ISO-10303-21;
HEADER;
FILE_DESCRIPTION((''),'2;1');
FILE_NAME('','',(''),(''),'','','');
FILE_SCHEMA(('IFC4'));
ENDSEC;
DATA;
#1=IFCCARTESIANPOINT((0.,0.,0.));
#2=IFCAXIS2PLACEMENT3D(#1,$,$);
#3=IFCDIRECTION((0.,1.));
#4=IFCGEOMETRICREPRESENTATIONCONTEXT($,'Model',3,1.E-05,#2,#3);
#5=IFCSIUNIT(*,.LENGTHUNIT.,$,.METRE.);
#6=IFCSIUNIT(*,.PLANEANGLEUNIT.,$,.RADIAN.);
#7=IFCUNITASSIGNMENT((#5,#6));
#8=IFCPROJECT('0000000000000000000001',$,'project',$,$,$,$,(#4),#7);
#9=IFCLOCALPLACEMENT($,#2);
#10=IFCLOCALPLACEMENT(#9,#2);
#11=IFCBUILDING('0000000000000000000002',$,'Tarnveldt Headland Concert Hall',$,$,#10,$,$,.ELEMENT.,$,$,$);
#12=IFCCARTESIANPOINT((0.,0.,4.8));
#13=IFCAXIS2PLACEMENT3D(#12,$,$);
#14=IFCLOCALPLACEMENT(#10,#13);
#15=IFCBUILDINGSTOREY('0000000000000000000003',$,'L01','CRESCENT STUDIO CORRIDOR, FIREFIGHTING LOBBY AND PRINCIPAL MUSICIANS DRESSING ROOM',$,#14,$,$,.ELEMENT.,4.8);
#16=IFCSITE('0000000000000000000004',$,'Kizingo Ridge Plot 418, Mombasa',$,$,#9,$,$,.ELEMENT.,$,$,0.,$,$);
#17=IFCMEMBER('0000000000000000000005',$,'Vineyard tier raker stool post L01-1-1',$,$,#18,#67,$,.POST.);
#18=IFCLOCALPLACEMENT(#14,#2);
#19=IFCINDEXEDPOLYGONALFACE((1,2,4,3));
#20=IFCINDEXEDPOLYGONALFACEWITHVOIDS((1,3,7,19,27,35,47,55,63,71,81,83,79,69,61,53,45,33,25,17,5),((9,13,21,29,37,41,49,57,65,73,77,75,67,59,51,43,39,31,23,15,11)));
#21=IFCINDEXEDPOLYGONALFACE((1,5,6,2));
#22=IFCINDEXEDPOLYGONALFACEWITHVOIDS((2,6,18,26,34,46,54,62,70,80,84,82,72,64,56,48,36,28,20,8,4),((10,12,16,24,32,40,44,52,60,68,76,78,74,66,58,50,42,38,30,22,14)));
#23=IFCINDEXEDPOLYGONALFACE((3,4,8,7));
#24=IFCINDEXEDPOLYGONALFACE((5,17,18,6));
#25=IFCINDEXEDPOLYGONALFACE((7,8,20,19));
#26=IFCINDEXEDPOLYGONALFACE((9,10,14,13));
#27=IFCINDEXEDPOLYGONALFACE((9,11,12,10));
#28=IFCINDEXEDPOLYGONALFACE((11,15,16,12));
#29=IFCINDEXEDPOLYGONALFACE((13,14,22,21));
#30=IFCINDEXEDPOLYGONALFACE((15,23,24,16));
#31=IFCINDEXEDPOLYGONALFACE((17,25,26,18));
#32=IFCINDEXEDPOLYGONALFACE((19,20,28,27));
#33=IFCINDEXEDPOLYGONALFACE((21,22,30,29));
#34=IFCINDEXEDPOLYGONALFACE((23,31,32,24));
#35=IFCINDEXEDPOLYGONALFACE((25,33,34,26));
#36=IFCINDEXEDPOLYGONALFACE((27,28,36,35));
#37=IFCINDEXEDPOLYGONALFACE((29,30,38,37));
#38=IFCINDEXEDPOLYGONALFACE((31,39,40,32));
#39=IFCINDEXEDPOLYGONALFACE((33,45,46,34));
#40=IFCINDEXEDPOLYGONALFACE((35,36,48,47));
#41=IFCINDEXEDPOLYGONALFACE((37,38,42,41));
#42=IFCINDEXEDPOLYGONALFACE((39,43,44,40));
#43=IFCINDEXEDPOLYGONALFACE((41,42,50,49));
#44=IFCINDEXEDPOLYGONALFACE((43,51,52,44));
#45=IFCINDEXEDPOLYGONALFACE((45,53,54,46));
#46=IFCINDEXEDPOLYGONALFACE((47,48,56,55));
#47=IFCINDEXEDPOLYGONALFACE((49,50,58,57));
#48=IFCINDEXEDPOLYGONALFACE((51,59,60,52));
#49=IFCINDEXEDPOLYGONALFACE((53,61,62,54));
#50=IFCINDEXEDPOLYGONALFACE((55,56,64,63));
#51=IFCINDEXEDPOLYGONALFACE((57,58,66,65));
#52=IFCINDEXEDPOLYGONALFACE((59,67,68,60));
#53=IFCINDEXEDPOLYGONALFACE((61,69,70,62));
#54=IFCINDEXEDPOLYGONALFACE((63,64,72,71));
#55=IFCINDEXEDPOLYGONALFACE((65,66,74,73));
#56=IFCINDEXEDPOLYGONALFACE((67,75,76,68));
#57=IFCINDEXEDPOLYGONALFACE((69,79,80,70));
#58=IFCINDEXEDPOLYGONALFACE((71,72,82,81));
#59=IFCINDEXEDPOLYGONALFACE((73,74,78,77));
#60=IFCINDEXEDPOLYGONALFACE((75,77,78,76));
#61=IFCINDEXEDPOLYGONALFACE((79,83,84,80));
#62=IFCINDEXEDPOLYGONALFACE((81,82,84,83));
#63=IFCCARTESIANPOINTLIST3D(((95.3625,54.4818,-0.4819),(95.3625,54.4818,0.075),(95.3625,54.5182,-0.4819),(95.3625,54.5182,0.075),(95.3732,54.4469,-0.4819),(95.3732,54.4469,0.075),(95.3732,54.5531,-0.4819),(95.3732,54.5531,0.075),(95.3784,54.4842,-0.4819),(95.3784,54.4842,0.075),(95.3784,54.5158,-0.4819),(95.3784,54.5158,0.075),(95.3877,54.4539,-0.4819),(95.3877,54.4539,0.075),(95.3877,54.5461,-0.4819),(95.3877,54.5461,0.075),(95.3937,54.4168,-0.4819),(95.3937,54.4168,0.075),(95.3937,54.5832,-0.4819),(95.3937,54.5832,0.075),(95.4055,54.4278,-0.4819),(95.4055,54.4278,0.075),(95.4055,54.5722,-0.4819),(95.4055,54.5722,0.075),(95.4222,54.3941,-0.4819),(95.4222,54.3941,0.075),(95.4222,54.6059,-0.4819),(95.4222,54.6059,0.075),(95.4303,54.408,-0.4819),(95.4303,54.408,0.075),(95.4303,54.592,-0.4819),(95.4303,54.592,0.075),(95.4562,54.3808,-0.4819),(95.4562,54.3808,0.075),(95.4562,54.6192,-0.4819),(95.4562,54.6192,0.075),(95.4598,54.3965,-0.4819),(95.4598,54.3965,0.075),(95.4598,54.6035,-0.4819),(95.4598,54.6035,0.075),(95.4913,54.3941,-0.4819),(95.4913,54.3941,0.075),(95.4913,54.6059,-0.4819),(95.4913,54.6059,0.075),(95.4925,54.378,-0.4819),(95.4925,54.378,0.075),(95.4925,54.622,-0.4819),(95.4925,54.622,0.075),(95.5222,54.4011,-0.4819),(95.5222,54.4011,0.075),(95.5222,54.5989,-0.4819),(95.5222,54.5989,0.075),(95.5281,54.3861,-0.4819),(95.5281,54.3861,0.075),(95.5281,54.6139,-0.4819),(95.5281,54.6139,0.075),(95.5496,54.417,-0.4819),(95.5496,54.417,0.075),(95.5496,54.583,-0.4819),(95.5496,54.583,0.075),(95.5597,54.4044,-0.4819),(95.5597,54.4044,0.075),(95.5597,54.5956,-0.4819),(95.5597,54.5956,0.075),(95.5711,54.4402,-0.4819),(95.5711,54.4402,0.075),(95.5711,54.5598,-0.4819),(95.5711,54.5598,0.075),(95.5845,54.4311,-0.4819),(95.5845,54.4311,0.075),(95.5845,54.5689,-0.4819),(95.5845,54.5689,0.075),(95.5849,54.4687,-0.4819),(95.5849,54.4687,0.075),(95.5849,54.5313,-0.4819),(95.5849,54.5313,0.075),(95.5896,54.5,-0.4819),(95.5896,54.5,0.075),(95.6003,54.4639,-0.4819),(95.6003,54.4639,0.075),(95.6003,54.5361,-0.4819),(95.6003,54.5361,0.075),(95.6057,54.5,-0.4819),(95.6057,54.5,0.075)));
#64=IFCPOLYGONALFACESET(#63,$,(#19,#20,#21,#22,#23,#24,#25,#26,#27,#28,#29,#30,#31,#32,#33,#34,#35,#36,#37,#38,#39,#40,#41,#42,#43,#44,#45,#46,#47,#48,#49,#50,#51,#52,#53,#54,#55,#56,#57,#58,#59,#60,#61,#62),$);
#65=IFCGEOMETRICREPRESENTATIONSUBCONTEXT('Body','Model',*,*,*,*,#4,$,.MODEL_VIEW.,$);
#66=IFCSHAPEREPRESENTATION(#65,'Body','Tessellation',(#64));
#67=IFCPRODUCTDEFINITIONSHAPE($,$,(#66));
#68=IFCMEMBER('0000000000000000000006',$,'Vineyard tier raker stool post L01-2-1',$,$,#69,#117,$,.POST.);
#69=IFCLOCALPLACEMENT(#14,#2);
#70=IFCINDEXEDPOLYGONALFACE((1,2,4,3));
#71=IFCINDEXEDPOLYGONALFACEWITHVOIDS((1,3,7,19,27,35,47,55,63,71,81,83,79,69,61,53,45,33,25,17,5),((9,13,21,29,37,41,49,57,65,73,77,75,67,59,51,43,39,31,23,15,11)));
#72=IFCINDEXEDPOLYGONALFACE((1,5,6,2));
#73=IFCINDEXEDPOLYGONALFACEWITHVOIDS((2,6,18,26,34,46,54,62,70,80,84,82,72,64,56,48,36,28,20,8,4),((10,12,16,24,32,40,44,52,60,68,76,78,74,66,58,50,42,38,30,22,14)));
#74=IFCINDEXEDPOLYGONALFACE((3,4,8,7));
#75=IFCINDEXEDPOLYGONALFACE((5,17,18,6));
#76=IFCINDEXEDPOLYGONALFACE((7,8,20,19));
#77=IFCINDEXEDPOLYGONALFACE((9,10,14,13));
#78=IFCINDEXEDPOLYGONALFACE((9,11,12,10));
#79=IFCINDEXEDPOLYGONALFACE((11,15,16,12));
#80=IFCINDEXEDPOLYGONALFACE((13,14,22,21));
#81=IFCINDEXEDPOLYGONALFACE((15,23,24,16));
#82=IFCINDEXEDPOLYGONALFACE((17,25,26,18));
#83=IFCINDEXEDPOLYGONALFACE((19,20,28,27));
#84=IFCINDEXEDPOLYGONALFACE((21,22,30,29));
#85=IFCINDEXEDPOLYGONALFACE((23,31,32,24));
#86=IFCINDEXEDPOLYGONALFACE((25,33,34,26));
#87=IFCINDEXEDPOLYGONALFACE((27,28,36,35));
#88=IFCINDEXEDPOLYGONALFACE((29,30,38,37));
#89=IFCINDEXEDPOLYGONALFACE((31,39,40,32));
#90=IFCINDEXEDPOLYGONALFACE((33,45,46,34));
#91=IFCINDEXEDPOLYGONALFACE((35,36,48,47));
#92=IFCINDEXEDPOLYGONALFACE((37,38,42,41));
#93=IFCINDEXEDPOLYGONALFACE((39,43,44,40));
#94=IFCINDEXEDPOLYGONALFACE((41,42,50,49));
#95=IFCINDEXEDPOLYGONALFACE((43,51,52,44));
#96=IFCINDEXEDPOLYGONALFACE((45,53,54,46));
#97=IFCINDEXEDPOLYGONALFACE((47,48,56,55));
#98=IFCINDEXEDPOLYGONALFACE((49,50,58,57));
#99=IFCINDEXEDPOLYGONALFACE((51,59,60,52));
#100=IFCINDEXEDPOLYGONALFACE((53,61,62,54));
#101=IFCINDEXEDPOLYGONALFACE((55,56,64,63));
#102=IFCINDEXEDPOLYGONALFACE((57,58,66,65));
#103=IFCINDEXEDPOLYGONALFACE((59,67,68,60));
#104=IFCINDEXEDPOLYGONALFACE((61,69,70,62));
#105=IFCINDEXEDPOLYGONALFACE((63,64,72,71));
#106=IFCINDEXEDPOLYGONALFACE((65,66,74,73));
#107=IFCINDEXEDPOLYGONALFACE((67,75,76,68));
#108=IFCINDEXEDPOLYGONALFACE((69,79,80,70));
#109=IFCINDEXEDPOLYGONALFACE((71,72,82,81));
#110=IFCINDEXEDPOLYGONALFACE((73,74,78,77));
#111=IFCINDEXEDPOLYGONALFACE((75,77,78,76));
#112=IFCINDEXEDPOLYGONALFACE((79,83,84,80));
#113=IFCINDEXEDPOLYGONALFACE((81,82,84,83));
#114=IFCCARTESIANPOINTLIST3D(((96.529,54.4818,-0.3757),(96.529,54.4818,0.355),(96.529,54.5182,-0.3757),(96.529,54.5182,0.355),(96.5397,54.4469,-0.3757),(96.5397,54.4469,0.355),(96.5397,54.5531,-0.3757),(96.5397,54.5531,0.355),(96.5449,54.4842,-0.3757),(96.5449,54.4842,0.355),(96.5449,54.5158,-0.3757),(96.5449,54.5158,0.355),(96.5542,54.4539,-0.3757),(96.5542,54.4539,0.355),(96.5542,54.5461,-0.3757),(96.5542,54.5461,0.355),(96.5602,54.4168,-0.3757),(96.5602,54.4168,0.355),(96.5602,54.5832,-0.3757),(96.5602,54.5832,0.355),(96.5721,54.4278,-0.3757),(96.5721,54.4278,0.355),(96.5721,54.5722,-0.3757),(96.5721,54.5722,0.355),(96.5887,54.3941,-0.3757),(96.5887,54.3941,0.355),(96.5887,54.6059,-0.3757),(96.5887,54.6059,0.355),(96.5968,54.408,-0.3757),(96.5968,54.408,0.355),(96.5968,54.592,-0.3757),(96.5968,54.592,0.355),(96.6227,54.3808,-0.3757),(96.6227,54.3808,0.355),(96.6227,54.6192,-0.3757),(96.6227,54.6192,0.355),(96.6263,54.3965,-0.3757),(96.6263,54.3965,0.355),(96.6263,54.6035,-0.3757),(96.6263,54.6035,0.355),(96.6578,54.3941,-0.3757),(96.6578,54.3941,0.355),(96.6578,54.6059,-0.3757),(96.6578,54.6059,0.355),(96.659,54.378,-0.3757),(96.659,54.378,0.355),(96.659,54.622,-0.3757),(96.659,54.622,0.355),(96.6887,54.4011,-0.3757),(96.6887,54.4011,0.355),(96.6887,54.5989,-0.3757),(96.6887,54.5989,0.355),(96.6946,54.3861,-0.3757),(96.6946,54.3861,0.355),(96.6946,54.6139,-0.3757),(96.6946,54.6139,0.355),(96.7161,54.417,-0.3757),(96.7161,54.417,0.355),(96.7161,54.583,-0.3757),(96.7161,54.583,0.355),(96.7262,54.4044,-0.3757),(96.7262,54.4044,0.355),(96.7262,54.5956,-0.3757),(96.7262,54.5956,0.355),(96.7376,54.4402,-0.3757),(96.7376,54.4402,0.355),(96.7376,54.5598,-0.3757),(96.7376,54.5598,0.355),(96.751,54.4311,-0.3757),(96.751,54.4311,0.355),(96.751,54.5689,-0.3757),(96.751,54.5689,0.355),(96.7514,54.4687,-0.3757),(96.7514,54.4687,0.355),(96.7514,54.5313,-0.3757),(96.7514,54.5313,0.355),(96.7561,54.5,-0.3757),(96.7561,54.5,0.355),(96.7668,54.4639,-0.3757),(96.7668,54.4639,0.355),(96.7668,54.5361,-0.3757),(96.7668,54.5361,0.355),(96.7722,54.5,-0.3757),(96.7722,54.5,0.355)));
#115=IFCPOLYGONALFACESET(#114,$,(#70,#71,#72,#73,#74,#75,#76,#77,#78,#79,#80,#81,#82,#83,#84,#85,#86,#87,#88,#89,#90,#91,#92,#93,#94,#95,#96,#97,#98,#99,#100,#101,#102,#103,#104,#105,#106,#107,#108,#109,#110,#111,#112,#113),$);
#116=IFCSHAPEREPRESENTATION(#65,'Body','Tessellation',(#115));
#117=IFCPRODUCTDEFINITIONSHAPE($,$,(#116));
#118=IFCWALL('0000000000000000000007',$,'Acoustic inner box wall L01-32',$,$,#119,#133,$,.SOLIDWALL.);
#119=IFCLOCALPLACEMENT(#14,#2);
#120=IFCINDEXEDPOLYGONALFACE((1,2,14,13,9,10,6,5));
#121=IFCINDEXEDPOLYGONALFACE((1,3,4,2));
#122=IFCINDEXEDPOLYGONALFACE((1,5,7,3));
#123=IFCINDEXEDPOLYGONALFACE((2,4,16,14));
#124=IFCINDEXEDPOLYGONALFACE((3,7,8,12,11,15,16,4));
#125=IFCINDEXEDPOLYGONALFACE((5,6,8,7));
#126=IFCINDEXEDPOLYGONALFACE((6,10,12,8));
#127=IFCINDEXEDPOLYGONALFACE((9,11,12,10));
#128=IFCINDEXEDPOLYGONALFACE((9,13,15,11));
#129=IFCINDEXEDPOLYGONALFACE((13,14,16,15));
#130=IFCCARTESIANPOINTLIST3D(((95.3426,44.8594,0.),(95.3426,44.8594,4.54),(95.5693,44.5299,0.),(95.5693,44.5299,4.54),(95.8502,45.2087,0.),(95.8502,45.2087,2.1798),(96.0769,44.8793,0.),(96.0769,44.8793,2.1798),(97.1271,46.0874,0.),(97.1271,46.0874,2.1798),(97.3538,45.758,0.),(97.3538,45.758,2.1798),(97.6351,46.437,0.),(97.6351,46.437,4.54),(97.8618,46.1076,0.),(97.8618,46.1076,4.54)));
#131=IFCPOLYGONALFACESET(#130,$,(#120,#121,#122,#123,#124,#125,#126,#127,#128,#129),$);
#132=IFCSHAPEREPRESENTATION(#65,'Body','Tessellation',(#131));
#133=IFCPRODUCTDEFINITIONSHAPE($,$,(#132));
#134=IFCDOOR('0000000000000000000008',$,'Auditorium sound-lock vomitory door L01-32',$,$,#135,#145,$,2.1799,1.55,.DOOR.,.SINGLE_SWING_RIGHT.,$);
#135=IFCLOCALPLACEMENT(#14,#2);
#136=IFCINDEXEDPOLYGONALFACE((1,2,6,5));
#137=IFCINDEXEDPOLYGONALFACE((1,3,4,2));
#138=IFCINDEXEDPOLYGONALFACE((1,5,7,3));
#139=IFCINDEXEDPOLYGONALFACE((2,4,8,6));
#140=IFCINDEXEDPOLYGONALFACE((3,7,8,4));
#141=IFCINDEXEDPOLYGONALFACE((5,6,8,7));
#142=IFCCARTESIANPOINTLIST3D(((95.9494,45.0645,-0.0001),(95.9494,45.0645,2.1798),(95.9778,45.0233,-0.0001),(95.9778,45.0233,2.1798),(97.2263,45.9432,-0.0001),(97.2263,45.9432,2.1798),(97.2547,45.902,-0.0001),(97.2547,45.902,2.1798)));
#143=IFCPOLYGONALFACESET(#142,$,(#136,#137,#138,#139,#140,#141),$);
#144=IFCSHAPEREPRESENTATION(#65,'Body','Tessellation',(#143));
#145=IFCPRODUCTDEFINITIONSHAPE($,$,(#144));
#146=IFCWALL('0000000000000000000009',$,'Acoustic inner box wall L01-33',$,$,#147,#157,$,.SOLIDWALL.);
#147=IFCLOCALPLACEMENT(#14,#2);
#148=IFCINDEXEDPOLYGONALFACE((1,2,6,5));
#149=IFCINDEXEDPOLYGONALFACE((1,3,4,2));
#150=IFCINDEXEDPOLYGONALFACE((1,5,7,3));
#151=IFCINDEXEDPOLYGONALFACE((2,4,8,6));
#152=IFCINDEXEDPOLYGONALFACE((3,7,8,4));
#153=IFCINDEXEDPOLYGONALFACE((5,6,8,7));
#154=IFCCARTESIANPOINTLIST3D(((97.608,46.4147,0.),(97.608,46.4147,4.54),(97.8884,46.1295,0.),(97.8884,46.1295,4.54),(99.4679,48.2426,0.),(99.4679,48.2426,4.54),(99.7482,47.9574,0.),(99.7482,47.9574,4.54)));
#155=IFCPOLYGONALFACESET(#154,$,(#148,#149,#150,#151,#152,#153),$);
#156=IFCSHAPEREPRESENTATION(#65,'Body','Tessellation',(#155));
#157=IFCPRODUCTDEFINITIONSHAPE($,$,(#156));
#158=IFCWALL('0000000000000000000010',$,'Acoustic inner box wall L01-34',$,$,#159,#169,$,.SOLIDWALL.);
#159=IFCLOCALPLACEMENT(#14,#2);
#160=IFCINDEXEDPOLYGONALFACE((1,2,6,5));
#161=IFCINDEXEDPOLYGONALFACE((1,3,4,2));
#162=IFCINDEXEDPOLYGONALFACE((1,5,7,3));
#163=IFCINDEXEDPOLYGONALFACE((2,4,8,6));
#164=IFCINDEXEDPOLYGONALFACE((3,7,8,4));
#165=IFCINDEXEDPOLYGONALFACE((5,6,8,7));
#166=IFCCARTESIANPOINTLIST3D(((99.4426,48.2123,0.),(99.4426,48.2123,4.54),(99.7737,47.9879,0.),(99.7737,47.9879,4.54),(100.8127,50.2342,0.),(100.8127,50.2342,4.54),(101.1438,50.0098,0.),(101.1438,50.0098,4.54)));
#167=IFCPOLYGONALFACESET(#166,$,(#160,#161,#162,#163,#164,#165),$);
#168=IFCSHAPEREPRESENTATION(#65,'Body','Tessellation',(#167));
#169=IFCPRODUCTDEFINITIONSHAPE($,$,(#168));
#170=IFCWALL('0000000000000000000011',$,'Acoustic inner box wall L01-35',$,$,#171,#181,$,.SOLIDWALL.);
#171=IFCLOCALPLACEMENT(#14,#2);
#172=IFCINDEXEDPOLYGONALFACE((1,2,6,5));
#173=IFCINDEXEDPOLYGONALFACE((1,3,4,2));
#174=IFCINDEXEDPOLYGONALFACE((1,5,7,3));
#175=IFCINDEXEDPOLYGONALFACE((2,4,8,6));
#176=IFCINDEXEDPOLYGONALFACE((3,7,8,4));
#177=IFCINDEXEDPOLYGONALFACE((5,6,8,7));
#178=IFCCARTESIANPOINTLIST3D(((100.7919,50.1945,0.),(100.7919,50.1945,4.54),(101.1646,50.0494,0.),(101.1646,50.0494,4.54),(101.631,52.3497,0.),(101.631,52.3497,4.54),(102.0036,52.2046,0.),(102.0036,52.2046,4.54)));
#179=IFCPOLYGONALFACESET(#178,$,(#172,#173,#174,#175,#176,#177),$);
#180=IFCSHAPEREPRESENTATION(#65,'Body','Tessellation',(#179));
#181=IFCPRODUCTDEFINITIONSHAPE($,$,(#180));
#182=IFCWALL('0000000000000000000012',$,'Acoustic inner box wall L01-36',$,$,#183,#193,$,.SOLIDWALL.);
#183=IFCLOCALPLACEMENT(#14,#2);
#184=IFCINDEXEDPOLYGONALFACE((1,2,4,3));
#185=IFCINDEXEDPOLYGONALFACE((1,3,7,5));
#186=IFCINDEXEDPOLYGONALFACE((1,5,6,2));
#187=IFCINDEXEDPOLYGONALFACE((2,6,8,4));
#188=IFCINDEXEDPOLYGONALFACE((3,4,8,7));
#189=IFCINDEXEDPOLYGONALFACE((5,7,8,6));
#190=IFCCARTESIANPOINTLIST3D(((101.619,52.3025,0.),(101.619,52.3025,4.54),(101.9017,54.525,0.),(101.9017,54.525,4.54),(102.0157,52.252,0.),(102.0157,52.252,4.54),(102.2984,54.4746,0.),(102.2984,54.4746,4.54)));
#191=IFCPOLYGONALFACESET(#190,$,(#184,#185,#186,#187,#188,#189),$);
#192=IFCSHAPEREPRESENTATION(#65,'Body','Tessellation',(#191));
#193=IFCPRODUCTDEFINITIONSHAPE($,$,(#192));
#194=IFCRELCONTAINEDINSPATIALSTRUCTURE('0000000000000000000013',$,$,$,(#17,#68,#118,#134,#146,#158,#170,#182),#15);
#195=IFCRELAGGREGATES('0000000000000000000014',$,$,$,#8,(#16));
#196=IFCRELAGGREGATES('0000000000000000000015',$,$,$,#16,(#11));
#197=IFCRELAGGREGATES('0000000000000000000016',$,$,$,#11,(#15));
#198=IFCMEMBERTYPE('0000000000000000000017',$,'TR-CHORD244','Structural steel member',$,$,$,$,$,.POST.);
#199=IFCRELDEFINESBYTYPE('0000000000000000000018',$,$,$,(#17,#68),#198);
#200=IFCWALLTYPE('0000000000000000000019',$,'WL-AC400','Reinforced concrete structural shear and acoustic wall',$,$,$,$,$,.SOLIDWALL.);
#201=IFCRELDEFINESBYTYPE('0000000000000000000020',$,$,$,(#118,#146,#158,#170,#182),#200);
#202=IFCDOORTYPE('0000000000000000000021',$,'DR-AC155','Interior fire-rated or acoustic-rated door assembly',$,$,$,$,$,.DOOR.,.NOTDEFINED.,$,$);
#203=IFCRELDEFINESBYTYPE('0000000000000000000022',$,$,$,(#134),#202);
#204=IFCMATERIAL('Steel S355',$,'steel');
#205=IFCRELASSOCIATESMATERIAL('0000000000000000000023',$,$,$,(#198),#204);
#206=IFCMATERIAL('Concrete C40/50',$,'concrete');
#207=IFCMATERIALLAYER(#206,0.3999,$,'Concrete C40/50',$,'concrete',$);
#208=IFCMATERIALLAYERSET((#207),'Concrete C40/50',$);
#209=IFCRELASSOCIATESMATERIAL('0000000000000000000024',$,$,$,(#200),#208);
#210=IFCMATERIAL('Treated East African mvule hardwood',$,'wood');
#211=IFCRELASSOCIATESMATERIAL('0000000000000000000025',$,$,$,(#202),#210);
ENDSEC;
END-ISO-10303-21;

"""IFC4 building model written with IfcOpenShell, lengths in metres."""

from ifc_helpers import new_model, si_unit, direction, frame, frame_2d, origin, origin_2d, place, context, subcontext, project, spatial, rectangle, hollow_circle, extrude, material, layer, layer_set, material_profile, profile_set, type_object, element, fill, save


model = new_model("IFC4")

# Units and contexts
model_context = context("Model", 3, precision=1e-05, world=origin(), true_north=direction((0.0, 1.0)))
body_context = subcontext(model_context, "Body", "Model", "MODEL_VIEW")
ifc_project = project(units=[si_unit("LENGTHUNIT", "METRE"), si_unit("PLANEANGLEUNIT", "RADIAN")], contexts=[model_context])

# Site, building, storey
site_placement = place(None, origin())
site = spatial("IfcSite", under=ifc_project, at=site_placement, Name="Kizingo Ridge Plot 418, Mombasa", CompositionType="ELEMENT", RefElevation=0.0)
building_placement = place(site_placement, origin())
building = spatial("IfcBuilding", under=site, at=building_placement, Name="Tarnveldt Headland Concert Hall", CompositionType="ELEMENT")
storey_placement = place(building_placement, frame((0.0, 0.0, 4.8)))
storey = spatial("IfcBuildingStorey", under=building, at=storey_placement, Name="L01", Description="CRESCENT STUDIO CORRIDOR, FIREFIGHTING LOBBY AND PRINCIPAL MUSICIANS DRESSING ROOM", CompositionType="ELEMENT", Elevation=4.8)

# Shared definitions
ifc_material_1 = material(Name="Concrete C40/50", Category="concrete")
ifc_material_2 = material(Name="Steel S355", Category="steel")

# Members
ifc_material_profile_1 = material_profile(ifc_material_2, hollow_circle(Radius=0.1223, WallThickness=0.0161, at=origin_2d()), Name="CHS 244.5x16", Category="steel")
ifc_profile_set_1 = profile_set([ifc_material_profile_1], Name="Steel S355")
member_type = type_object("IfcMemberType", Name="TR-CHORD244", Description="Structural steel member", PredefinedType="POST", material=ifc_profile_set_1)
member_1_placement = place(storey_placement, frame((95.4834, 54.5, -0.4819), z_axis=(0.0, 0.0, 1.0), x_axis=(1.0, 0.0, 0.0)))
element("IfcMember", 1, at=member_1_placement, inside=storey, type_object=member_type, Name="Vineyard tier raker stool post L01-1-1", PredefinedType="POST", context=body_context, shape_type="SweptSolid", body=[
    extrude(hollow_circle(Radius=0.1223, WallThickness=0.0161, at=origin_2d()), origin(), (0.0, 0.0, 1.0), 0.5569),
])
member_2_placement = place(storey_placement, frame((96.6499, 54.5, -0.3757), z_axis=(0.0, 0.0, 1.0), x_axis=(1.0, 0.0, 0.0)))
element("IfcMember", 2, at=member_2_placement, inside=storey, type_object=member_type, Name="Vineyard tier raker stool post L01-2-1", PredefinedType="POST", context=body_context, shape_type="SweptSolid", body=[
    extrude(hollow_circle(Radius=0.1223, WallThickness=0.0161, at=origin_2d()), origin(), (0.0, 0.0, 1.0), 0.7307),
])

# Wall, opening, door
ifc_layer_1 = layer(ifc_material_1, 0.3999, Name="Concrete C40/50", Category="concrete")
ifc_layer_set_1 = layer_set([ifc_layer_1], Name="Concrete C40/50")
wall_type_1 = type_object("IfcWallType", Name="WL-AC400", Description="Reinforced concrete structural shear and acoustic wall", PredefinedType="SOLIDWALL", material=ifc_layer_set_1)
wall_1_placement = place(storey_placement, frame((95.4558, 44.6946, 0.0), z_axis=(0.0, 0.0, 1.0), x_axis=(0.823781, 0.566909, 0.0)))
wall_1 = element("IfcWall", 3, at=wall_1_placement, inside=storey, type_object=wall_type_1, Name="Acoustic inner box wall L01-32", PredefinedType="SOLIDWALL", context=body_context, shape_type="SweptSolid", body=[
    extrude(rectangle(XDim=2.783, YDim=0.3999, at=frame_2d((1.3916, 0.0))), origin(), (0.0, 0.0, 1.0), 4.54),
])
opening_placement = place(wall_1_placement, frame((0.6165, 0.0, 0.0)))
opening = element("IfcOpeningElement", 4, at=opening_placement, cuts=wall_1, PredefinedType="OPENING", context=body_context, shape_type="SweptSolid", body=[
    extrude(rectangle(XDim=1.55, YDim=2.1799, at=frame_2d((0.7749, 1.0898))), frame((0.0, 0.21, 0.0), z_axis=(0.0, -1.0, 0.0), x_axis=(1.0, 0.0, 0.0)), (0.0, 0.0, 1.0), 0.4199),
])
ifc_material_3 = material(Name="Treated East African mvule hardwood", Category="wood")
door_type = type_object("IfcDoorType", Name="DR-AC155", Description="Interior fire-rated or acoustic-rated door assembly", OperationType="NOTDEFINED", PredefinedType="DOOR", material=ifc_material_3)
door_placement = place(opening_placement, origin())
door = element("IfcDoor", 5, at=door_placement, inside=storey, type_object=door_type, Name="Auditorium sound-lock vomitory door L01-32", OperationType="SINGLE_SWING_RIGHT", OverallHeight=2.1799, OverallWidth=1.55, PredefinedType="DOOR", context=body_context, shape_type="SweptSolid", body=[
    extrude(rectangle(XDim=1.55, YDim=2.1799, at=frame_2d((0.7749, 1.0898))), frame((0.0, 0.0249, 0.0), z_axis=(0.0, -1.0, 0.0), x_axis=(1.0, 0.0, 0.0)), (0.0, 0.0, 1.0), 0.05),
])
fill(opening, door)

# Walls
wall_2_placement = place(storey_placement, frame((97.7483, 46.2722, 0.0), z_axis=(0.0, 0.0, 1.0), x_axis=(0.713212, 0.700948, 0.0)))
element("IfcWall", 6, at=wall_2_placement, inside=storey, type_object=wall_type_1, Name="Acoustic inner box wall L01-33", PredefinedType="SOLIDWALL", context=body_context, shape_type="SweptSolid", body=[
    extrude(rectangle(XDim=2.6077, YDim=0.3999, at=frame_2d((1.3037, 0.0))), origin(), (0.0, 0.0, 1.0), 4.54),
])
wall_3_placement = place(storey_placement, frame((99.6082, 48.1001, 0.0), z_axis=(0.0, 0.0, 1.0), x_axis=(0.560959, 0.827844, 0.0)))
element("IfcWall", 7, at=wall_3_placement, inside=storey, type_object=wall_type_1, Name="Acoustic inner box wall L01-34", PredefinedType="SOLIDWALL", context=body_context, shape_type="SweptSolid", body=[
    extrude(rectangle(XDim=2.4424, YDim=0.3999, at=frame_2d((1.2212, 0.0))), origin(), (0.0, 0.0, 1.0), 4.54),
])
wall_4_placement = place(storey_placement, frame((100.9783, 50.1221, 0.0), z_axis=(0.0, 0.0, 1.0), x_axis=(0.362803, 0.931866, 0.0)))
element("IfcWall", 8, at=wall_4_placement, inside=storey, type_object=wall_type_1, Name="Acoustic inner box wall L01-35", PredefinedType="SOLIDWALL", context=body_context, shape_type="SweptSolid", body=[
    extrude(rectangle(XDim=2.3127, YDim=0.3999, at=frame_2d((1.1562, 0.0))), origin(), (0.0, 0.0, 1.0), 4.54),
])
wall_5_placement = place(storey_placement, frame((101.8174, 52.2773, 0.0), z_axis=(0.0, 0.0, 1.0), x_axis=(0.12618, 0.992007, 0.0)))
element("IfcWall", 9, at=wall_5_placement, inside=storey, type_object=wall_type_1, Name="Acoustic inner box wall L01-36", PredefinedType="SOLIDWALL", context=body_context, shape_type="SweptSolid", body=[
    extrude(rectangle(XDim=2.2405, YDim=0.3999, at=frame_2d((1.1201, 0.0))), origin(), (0.0, 0.0, 1.0), 4.54),
])

save(model, "model.ifc")
